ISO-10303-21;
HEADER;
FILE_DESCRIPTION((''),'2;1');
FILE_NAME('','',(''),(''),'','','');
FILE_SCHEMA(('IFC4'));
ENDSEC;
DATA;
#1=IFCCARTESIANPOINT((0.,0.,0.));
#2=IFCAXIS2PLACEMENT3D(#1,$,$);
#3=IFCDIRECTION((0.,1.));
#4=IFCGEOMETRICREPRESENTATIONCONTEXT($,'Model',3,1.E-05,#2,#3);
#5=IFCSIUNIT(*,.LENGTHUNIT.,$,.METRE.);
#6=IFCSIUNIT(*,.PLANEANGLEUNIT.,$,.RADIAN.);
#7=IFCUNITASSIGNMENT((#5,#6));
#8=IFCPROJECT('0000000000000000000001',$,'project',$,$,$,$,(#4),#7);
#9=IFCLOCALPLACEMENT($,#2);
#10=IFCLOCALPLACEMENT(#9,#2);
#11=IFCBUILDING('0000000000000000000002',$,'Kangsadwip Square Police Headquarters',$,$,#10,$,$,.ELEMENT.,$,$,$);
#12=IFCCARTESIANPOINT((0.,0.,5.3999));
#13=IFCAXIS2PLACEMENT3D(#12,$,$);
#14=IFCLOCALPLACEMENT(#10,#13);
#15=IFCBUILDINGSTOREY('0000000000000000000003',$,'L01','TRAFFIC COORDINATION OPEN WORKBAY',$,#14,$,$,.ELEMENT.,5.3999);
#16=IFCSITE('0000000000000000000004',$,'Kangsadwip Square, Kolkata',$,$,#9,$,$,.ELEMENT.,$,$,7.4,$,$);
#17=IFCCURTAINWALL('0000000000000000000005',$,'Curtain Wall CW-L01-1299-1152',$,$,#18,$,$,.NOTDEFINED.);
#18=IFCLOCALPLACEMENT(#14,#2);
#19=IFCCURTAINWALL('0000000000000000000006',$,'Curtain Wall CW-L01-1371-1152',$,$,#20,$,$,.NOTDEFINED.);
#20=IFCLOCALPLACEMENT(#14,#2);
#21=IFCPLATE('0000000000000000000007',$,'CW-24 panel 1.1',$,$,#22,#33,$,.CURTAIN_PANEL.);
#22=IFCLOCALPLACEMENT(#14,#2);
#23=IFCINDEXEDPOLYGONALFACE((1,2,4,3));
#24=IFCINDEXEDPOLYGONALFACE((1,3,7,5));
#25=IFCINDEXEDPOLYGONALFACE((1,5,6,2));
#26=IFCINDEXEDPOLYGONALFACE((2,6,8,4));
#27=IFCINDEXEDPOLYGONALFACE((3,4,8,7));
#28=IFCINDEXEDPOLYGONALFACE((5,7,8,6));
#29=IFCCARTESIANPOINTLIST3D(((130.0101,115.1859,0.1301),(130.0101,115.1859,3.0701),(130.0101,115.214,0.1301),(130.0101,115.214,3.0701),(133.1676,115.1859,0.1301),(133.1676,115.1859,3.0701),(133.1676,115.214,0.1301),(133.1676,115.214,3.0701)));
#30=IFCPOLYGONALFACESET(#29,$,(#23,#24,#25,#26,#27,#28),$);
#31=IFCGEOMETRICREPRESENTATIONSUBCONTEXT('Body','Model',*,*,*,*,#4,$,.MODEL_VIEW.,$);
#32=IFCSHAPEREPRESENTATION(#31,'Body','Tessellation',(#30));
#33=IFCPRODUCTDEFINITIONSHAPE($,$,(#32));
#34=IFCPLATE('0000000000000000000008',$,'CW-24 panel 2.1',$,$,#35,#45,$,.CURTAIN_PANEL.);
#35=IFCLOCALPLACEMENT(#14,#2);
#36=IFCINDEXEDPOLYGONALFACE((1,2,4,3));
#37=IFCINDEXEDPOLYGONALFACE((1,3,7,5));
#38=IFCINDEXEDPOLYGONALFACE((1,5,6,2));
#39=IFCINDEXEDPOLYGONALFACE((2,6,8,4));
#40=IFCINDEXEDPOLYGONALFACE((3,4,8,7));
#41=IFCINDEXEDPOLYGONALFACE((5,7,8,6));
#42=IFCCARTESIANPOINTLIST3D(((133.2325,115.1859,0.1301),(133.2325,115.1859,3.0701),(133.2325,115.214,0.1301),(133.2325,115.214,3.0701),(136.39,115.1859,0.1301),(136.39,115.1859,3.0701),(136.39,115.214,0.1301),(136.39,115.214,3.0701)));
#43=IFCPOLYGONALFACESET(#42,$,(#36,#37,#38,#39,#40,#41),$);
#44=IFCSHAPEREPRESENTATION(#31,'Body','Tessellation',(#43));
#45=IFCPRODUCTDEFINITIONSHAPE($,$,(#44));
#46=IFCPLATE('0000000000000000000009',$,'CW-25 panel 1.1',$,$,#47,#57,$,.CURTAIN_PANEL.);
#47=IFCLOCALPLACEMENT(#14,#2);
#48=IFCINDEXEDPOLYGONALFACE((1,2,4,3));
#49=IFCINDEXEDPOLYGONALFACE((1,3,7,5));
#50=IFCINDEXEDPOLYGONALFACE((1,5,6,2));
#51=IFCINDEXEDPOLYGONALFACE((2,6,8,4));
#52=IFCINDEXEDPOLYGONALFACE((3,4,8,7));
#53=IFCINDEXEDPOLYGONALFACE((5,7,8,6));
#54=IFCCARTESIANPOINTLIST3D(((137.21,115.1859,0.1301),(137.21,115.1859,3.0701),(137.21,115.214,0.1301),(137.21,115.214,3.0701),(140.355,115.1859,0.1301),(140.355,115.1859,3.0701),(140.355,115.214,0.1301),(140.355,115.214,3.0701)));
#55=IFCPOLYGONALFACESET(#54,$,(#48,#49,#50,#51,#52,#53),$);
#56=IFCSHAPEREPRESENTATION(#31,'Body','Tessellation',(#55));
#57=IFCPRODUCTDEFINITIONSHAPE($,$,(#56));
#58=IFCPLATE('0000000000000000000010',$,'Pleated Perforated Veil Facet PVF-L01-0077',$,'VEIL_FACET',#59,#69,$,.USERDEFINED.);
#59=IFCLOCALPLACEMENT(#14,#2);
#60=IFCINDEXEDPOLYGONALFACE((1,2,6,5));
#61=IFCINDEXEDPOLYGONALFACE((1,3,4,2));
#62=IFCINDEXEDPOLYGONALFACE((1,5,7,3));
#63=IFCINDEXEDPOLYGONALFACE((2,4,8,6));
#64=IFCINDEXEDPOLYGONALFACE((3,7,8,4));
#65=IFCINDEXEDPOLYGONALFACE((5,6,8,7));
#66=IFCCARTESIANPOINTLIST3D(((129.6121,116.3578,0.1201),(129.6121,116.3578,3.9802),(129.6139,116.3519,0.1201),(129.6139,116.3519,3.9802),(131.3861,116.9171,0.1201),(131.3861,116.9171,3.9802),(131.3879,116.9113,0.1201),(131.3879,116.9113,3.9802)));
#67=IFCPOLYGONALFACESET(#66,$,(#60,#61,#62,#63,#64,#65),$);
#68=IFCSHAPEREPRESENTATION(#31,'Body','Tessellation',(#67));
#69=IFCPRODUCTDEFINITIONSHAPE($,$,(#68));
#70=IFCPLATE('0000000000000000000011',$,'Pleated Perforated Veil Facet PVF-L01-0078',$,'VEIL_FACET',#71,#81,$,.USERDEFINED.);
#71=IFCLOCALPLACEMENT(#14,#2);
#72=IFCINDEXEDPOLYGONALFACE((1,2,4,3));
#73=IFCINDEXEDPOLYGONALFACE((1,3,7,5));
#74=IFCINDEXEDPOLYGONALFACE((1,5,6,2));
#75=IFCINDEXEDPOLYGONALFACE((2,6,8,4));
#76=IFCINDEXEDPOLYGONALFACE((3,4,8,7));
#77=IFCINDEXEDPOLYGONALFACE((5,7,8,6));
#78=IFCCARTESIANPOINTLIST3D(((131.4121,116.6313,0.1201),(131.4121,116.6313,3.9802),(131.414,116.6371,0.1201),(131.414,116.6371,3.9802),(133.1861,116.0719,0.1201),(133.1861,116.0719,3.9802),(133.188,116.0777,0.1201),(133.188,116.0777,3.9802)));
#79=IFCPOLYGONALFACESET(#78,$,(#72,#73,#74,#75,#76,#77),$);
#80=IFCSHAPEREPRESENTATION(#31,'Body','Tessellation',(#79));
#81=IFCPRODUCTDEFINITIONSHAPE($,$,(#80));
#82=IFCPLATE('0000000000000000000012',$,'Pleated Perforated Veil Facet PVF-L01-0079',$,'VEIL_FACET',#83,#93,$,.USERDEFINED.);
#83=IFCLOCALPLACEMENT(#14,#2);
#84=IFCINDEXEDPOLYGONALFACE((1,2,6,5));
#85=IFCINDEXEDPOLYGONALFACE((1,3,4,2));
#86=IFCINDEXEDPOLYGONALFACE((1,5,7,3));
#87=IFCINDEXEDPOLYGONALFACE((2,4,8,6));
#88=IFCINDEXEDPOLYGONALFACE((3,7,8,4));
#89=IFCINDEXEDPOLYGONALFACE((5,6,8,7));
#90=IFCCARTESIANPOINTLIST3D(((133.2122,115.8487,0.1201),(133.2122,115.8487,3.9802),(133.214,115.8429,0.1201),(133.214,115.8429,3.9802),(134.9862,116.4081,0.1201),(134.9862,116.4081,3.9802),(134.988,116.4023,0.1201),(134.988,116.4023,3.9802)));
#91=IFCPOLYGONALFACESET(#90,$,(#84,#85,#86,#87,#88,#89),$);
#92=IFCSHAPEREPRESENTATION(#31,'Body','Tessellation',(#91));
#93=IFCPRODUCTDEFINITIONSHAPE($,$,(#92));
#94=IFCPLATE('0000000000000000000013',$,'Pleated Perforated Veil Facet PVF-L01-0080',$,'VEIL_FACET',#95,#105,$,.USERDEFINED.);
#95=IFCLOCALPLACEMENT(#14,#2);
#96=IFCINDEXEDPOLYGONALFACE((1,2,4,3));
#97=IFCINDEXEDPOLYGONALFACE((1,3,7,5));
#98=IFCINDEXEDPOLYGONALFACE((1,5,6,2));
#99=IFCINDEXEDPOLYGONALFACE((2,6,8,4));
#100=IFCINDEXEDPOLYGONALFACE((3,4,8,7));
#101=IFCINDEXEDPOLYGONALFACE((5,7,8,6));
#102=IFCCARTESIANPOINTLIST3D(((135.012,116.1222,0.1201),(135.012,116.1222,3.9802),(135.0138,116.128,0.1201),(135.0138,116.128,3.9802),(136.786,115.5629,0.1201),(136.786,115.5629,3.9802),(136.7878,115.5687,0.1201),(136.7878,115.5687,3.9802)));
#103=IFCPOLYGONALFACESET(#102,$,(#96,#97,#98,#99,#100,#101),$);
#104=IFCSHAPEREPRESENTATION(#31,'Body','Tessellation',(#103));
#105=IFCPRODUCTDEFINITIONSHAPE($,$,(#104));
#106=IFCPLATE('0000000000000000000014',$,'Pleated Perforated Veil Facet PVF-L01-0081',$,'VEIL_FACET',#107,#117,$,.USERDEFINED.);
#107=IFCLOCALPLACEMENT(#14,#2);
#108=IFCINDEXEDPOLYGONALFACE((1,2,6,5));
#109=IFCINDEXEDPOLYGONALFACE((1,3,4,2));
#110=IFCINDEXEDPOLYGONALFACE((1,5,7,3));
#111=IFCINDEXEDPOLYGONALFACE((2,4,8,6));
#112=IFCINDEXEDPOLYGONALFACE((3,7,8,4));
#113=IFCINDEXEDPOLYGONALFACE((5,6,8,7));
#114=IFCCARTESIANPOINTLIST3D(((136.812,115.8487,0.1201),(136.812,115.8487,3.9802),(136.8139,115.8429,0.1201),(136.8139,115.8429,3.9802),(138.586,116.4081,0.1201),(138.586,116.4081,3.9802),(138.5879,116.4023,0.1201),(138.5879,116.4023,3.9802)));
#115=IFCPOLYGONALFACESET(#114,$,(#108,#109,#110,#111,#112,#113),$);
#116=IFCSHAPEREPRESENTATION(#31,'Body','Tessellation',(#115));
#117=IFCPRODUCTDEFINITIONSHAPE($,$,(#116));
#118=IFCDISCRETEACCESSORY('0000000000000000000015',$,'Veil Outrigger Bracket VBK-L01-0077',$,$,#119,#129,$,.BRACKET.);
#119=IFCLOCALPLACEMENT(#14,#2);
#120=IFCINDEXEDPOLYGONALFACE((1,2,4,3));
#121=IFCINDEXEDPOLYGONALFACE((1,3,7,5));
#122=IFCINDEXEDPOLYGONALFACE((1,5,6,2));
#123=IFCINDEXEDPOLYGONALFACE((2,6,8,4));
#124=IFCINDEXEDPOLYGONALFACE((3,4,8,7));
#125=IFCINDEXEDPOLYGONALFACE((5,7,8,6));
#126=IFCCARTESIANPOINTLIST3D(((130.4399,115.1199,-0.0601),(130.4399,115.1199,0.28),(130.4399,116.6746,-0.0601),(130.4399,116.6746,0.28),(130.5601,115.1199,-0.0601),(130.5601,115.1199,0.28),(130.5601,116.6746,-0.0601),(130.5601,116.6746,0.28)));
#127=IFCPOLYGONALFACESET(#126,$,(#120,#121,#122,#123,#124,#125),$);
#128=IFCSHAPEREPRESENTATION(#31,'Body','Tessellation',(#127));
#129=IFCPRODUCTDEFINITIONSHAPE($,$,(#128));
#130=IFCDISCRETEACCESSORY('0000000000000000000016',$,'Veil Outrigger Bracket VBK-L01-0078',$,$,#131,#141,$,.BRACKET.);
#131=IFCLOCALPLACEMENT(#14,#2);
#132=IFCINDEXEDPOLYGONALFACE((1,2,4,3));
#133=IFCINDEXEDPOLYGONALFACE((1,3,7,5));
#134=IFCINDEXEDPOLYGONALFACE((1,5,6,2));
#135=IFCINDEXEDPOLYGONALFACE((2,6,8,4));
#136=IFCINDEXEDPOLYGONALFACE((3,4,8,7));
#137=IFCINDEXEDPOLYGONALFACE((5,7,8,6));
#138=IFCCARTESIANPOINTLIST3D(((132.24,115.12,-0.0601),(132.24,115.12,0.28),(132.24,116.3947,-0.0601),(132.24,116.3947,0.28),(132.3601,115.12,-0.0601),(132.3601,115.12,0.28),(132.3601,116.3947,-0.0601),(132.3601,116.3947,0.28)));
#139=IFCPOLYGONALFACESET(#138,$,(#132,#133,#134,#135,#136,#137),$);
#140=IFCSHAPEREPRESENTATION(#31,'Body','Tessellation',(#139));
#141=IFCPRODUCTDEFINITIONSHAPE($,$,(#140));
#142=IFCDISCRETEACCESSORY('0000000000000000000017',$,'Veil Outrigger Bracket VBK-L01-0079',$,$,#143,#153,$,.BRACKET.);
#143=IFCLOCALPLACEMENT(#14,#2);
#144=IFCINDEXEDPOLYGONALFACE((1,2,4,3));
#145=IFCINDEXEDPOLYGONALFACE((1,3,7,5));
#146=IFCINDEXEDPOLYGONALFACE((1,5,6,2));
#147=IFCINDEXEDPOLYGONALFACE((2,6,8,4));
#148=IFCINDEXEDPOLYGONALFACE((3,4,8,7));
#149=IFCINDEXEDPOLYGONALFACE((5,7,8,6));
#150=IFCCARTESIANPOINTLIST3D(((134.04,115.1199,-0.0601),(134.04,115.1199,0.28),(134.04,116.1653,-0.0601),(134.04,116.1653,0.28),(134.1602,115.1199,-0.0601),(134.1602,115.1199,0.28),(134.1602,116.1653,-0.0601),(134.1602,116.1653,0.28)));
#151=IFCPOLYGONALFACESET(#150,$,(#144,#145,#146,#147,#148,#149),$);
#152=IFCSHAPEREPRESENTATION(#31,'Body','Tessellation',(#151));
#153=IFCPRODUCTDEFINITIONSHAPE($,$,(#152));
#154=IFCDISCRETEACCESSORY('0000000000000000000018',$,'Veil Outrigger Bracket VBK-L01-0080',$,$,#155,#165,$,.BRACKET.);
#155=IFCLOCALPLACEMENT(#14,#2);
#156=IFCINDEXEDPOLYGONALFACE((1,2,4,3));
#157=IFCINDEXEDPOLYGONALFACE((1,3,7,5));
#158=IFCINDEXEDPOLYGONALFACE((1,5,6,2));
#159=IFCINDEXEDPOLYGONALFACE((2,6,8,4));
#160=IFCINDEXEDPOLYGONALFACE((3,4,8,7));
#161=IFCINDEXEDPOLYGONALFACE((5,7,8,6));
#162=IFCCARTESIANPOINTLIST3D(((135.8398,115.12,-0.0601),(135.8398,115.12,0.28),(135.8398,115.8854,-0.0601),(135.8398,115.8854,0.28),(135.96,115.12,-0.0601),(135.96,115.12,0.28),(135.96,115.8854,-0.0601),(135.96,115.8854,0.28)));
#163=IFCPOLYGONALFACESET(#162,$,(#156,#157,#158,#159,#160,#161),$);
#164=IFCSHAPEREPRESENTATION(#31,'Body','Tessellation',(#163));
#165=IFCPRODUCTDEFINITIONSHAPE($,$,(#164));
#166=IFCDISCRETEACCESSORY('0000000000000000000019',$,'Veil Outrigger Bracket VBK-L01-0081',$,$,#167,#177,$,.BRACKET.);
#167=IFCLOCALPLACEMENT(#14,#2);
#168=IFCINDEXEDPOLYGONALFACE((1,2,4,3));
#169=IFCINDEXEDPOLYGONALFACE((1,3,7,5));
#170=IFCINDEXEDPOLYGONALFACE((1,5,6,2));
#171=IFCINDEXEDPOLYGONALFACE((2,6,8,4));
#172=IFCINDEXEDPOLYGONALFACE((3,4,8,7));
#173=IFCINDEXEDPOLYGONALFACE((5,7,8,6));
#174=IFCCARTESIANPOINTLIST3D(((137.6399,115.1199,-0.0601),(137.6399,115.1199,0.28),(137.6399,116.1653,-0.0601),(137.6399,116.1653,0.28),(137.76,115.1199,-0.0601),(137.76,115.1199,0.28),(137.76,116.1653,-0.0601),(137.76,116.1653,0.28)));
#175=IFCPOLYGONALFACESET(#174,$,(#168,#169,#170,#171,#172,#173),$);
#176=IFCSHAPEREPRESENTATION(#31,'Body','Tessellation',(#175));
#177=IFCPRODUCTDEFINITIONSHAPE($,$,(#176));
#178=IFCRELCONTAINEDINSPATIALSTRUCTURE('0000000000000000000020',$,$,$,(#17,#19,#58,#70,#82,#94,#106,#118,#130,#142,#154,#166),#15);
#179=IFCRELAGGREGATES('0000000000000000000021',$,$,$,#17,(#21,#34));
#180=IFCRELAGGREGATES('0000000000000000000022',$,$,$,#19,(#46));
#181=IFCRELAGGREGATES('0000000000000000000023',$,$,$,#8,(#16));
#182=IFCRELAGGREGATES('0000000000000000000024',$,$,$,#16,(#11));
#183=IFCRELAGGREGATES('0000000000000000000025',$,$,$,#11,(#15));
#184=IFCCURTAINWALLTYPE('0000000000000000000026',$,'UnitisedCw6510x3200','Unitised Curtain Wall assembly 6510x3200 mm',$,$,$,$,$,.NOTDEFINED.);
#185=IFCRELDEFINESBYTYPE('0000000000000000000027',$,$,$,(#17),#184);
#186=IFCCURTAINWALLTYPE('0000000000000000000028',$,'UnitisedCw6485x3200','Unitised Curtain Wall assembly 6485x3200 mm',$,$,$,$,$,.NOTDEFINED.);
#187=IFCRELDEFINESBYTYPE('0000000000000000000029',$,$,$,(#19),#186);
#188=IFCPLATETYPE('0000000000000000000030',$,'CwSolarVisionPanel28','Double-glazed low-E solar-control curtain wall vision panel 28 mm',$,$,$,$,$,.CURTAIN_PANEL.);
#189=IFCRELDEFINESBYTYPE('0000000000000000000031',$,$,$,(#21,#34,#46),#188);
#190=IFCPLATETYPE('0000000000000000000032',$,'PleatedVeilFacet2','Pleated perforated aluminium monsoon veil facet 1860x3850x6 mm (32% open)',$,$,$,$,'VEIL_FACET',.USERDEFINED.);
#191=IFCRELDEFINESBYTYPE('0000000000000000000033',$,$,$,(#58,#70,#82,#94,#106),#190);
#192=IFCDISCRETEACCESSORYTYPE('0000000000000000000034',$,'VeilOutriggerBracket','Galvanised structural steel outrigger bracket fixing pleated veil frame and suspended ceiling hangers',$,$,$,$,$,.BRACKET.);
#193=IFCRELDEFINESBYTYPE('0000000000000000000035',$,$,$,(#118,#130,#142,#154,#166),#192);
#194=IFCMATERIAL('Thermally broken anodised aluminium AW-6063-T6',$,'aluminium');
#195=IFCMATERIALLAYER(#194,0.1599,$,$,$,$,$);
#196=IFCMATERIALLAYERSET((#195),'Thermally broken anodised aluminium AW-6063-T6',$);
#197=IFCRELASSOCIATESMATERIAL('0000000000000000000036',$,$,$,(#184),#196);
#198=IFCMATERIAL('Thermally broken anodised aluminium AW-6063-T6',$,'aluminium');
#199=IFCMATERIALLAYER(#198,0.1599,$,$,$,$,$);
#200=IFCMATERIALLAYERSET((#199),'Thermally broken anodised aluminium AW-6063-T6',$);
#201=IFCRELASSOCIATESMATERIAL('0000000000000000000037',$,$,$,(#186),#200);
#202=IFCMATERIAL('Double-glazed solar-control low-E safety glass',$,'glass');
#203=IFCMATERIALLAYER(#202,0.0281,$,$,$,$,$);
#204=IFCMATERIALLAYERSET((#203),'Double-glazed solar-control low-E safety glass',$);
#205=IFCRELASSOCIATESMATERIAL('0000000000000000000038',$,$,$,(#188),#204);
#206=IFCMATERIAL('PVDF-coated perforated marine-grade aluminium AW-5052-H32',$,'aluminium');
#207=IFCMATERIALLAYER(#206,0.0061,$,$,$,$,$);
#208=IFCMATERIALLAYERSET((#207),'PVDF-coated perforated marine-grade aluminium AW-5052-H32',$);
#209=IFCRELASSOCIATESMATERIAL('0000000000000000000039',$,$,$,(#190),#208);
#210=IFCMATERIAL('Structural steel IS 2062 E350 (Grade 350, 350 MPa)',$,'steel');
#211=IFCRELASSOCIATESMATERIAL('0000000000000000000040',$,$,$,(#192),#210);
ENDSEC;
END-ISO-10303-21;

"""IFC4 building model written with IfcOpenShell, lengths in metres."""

from ifc_helpers import new_model, si_unit, direction, frame, origin, origin_2d, place, context, subcontext, project, spatial, rectangle, extrude, material, layer, layer_set, type_object, element, aggregate, save


model = new_model("IFC4")

# Units and contexts
model_context = context("Model", 3, precision=1e-05, world=origin(), true_north=direction((0.0, 1.0)))
body_context = subcontext(model_context, "Body", "Model", "MODEL_VIEW")
ifc_project = project(units=[si_unit("LENGTHUNIT", "METRE"), si_unit("PLANEANGLEUNIT", "RADIAN")], contexts=[model_context])

# Site, building, storey
site_placement = place(None, origin())
site = spatial("IfcSite", under=ifc_project, at=site_placement, Name="Kangsadwip Square, Kolkata", CompositionType="ELEMENT", RefElevation=7.4)
building_placement = place(site_placement, origin())
building = spatial("IfcBuilding", under=site, at=building_placement, Name="Kangsadwip Square Police Headquarters", CompositionType="ELEMENT")
storey_placement = place(building_placement, frame((0.0, 0.0, 5.3999)))
storey = spatial("IfcBuildingStorey", under=building, at=storey_placement, Name="L01", Description="TRAFFIC COORDINATION OPEN WORKBAY", CompositionType="ELEMENT", Elevation=5.3999)

# Curtain wall
ifc_material_1 = material(Name="Thermally broken anodised aluminium AW-6063-T6", Category="aluminium")
ifc_layer_1 = layer(ifc_material_1, 0.1599)
ifc_layer_set_1 = layer_set([ifc_layer_1], Name="Thermally broken anodised aluminium AW-6063-T6")
curtain_wall_type_1 = type_object("IfcCurtainWallType", Name="UnitisedCw6510x3200", Description="Unitised Curtain Wall assembly 6510x3200 mm", PredefinedType="NOTDEFINED", material=ifc_layer_set_1)
curtain_wall_1_placement = place(storey_placement, origin())
curtain_wall_1 = element("IfcCurtainWall", 1, at=curtain_wall_1_placement, inside=storey, type_object=curtain_wall_type_1, Name="Curtain Wall CW-L01-1299-1152", PredefinedType="NOTDEFINED")

# Curtain wall
ifc_material_2 = material(Name="Thermally broken anodised aluminium AW-6063-T6", Category="aluminium")
ifc_layer_2 = layer(ifc_material_2, 0.1599)
ifc_layer_set_2 = layer_set([ifc_layer_2], Name="Thermally broken anodised aluminium AW-6063-T6")
curtain_wall_type_2 = type_object("IfcCurtainWallType", Name="UnitisedCw6485x3200", Description="Unitised Curtain Wall assembly 6485x3200 mm", PredefinedType="NOTDEFINED", material=ifc_layer_set_2)
curtain_wall_2_placement = place(storey_placement, origin())
curtain_wall_2 = element("IfcCurtainWall", 2, at=curtain_wall_2_placement, inside=storey, type_object=curtain_wall_type_2, Name="Curtain Wall CW-L01-1371-1152", PredefinedType="NOTDEFINED")

# Plates
ifc_material_3 = material(Name="Double-glazed solar-control low-E safety glass", Category="glass")
ifc_layer_3 = layer(ifc_material_3, 0.0281)
ifc_layer_set_3 = layer_set([ifc_layer_3], Name="Double-glazed solar-control low-E safety glass")
plate_type_1 = type_object("IfcPlateType", Name="CwSolarVisionPanel28", Description="Double-glazed low-E solar-control curtain wall vision panel 28 mm", PredefinedType="CURTAIN_PANEL", material=ifc_layer_set_3)
plate_1_placement = place(storey_placement, frame((131.5889, 115.2, 0.1301), z_axis=(0.0, 0.0, 1.0), x_axis=(1.0, 0.0, 0.0)))
plate_1 = element("IfcPlate", 3, at=plate_1_placement, type_object=plate_type_1, Name="CW-24 panel 1.1", PredefinedType="CURTAIN_PANEL", context=body_context, shape_type="SweptSolid", body=[
    extrude(rectangle(XDim=3.1575, YDim=0.0281, at=origin_2d()), origin(), (0.0, 0.0, 1.0), 2.9399),
])
plate_2_placement = place(storey_placement, frame((134.8113, 115.2, 0.1301), z_axis=(0.0, 0.0, 1.0), x_axis=(1.0, 0.0, 0.0)))
plate_2 = element("IfcPlate", 4, at=plate_2_placement, type_object=plate_type_1, Name="CW-24 panel 2.1", PredefinedType="CURTAIN_PANEL", context=body_context, shape_type="SweptSolid", body=[
    extrude(rectangle(XDim=3.1575, YDim=0.0281, at=origin_2d()), origin(), (0.0, 0.0, 1.0), 2.9399),
])
aggregate(curtain_wall_1, [plate_1, plate_2])
plate_3_placement = place(storey_placement, frame((138.7825, 115.2, 0.1301), z_axis=(0.0, 0.0, 1.0), x_axis=(1.0, 0.0, 0.0)))
plate_3 = element("IfcPlate", 5, at=plate_3_placement, type_object=plate_type_1, Name="CW-25 panel 1.1", PredefinedType="CURTAIN_PANEL", context=body_context, shape_type="SweptSolid", body=[
    extrude(rectangle(XDim=3.145, YDim=0.0281, at=origin_2d()), origin(), (0.0, 0.0, 1.0), 2.9399),
])
aggregate(curtain_wall_2, [plate_3])

# Plates
ifc_material_4 = material(Name="PVDF-coated perforated marine-grade aluminium AW-5052-H32", Category="aluminium")
ifc_layer_4 = layer(ifc_material_4, 0.0061)
ifc_layer_set_4 = layer_set([ifc_layer_4], Name="PVDF-coated perforated marine-grade aluminium AW-5052-H32")
plate_type_2 = type_object("IfcPlateType", Name="PleatedVeilFacet2", Description="Pleated perforated aluminium monsoon veil facet 1860x3850x6 mm (32% open)", ElementType="VEIL_FACET", PredefinedType="USERDEFINED", material=ifc_layer_set_4)
for number, where, z_axis, x_axis, name in (
    (6, (130.5, 116.6345, 0.1201), (0.0, 0.0, 1.0), (0.953717, 0.300706, 0.0), "Pleated Perforated Veil Facet PVF-L01-0077"),
    (7, (132.3, 116.3545, 0.1201), (0.0, 0.0, 1.0), (0.953717, -0.300706, 0.0), "Pleated Perforated Veil Facet PVF-L01-0078"),
    (8, (134.1001, 116.1255, 0.1201), (0.0, 0.0, 1.0), (0.953717, 0.300706, 0.0), "Pleated Perforated Veil Facet PVF-L01-0079"),
    (9, (135.8999, 115.8455, 0.1201), (0.0, 0.0, 1.0), (0.953717, -0.300706, 0.0), "Pleated Perforated Veil Facet PVF-L01-0080"),
    (10, (137.7, 116.1255, 0.1201), (0.0, 0.0, 1.0), (0.953717, 0.300706, 0.0), "Pleated Perforated Veil Facet PVF-L01-0081"),
):
    element("IfcPlate", number, at=place(storey_placement, frame(where, z_axis=z_axis, x_axis=x_axis)), inside=storey, type_object=plate_type_2, Name=name, ObjectType="VEIL_FACET", PredefinedType="USERDEFINED", context=body_context, shape_type="SweptSolid", body=[
        extrude(rectangle(XDim=1.8601, YDim=0.0061, at=origin_2d()), origin(), (0.0, 0.0, 1.0), 3.8601),
    ])

# Discrete accessories
ifc_material_5 = material(Name="Structural steel IS 2062 E350 (Grade 350, 350 MPa)", Category="steel")
discrete_accessory_type = type_object("IfcDiscreteAccessoryType", Name="VeilOutriggerBracket", Description="Galvanised structural steel outrigger bracket fixing pleated veil frame and suspended ceiling hangers", PredefinedType="BRACKET", material=ifc_material_5)
discrete_accessory_1_placement = place(storey_placement, frame((130.5, 115.8972, -0.0601), z_axis=(0.0, 0.0, 1.0), x_axis=(1.0, 0.0, 0.0)))
element("IfcDiscreteAccessory", 11, at=discrete_accessory_1_placement, inside=storey, type_object=discrete_accessory_type, Name="Veil Outrigger Bracket VBK-L01-0077", PredefinedType="BRACKET", context=body_context, shape_type="SweptSolid", body=[
    extrude(rectangle(XDim=0.1201, YDim=1.5547, at=origin_2d()), origin(), (0.0, 0.0, 1.0), 0.3401),
])
discrete_accessory_2_placement = place(storey_placement, frame((132.3, 115.7573, -0.0601), z_axis=(0.0, 0.0, 1.0), x_axis=(1.0, 0.0, 0.0)))
element("IfcDiscreteAccessory", 12, at=discrete_accessory_2_placement, inside=storey, type_object=discrete_accessory_type, Name="Veil Outrigger Bracket VBK-L01-0078", PredefinedType="BRACKET", context=body_context, shape_type="SweptSolid", body=[
    extrude(rectangle(XDim=0.1201, YDim=1.2747, at=origin_2d()), origin(), (0.0, 0.0, 1.0), 0.3401),
])
discrete_accessory_3_placement = place(storey_placement, frame((134.1001, 115.6426, -0.0601), z_axis=(0.0, 0.0, 1.0), x_axis=(1.0, 0.0, 0.0)))
element("IfcDiscreteAccessory", 13, at=discrete_accessory_3_placement, inside=storey, type_object=discrete_accessory_type, Name="Veil Outrigger Bracket VBK-L01-0079", PredefinedType="BRACKET", context=body_context, shape_type="SweptSolid", body=[
    extrude(rectangle(XDim=0.1201, YDim=1.0454, at=origin_2d()), origin(), (0.0, 0.0, 1.0), 0.3401),
])
discrete_accessory_4_placement = place(storey_placement, frame((135.8999, 115.5027, -0.0601), z_axis=(0.0, 0.0, 1.0), x_axis=(1.0, 0.0, 0.0)))
element("IfcDiscreteAccessory", 14, at=discrete_accessory_4_placement, inside=storey, type_object=discrete_accessory_type, Name="Veil Outrigger Bracket VBK-L01-0080", PredefinedType="BRACKET", context=body_context, shape_type="SweptSolid", body=[
    extrude(rectangle(XDim=0.1201, YDim=0.7654, at=origin_2d()), origin(), (0.0, 0.0, 1.0), 0.3401),
])
discrete_accessory_5_placement = place(storey_placement, frame((137.7, 115.6426, -0.0601), z_axis=(0.0, 0.0, 1.0), x_axis=(1.0, 0.0, 0.0)))
element("IfcDiscreteAccessory", 15, at=discrete_accessory_5_placement, inside=storey, type_object=discrete_accessory_type, Name="Veil Outrigger Bracket VBK-L01-0081", PredefinedType="BRACKET", context=body_context, shape_type="SweptSolid", body=[
    extrude(rectangle(XDim=0.1201, YDim=1.0454, at=origin_2d()), origin(), (0.0, 0.0, 1.0), 0.3401),
])

save(model, "model.ifc")
